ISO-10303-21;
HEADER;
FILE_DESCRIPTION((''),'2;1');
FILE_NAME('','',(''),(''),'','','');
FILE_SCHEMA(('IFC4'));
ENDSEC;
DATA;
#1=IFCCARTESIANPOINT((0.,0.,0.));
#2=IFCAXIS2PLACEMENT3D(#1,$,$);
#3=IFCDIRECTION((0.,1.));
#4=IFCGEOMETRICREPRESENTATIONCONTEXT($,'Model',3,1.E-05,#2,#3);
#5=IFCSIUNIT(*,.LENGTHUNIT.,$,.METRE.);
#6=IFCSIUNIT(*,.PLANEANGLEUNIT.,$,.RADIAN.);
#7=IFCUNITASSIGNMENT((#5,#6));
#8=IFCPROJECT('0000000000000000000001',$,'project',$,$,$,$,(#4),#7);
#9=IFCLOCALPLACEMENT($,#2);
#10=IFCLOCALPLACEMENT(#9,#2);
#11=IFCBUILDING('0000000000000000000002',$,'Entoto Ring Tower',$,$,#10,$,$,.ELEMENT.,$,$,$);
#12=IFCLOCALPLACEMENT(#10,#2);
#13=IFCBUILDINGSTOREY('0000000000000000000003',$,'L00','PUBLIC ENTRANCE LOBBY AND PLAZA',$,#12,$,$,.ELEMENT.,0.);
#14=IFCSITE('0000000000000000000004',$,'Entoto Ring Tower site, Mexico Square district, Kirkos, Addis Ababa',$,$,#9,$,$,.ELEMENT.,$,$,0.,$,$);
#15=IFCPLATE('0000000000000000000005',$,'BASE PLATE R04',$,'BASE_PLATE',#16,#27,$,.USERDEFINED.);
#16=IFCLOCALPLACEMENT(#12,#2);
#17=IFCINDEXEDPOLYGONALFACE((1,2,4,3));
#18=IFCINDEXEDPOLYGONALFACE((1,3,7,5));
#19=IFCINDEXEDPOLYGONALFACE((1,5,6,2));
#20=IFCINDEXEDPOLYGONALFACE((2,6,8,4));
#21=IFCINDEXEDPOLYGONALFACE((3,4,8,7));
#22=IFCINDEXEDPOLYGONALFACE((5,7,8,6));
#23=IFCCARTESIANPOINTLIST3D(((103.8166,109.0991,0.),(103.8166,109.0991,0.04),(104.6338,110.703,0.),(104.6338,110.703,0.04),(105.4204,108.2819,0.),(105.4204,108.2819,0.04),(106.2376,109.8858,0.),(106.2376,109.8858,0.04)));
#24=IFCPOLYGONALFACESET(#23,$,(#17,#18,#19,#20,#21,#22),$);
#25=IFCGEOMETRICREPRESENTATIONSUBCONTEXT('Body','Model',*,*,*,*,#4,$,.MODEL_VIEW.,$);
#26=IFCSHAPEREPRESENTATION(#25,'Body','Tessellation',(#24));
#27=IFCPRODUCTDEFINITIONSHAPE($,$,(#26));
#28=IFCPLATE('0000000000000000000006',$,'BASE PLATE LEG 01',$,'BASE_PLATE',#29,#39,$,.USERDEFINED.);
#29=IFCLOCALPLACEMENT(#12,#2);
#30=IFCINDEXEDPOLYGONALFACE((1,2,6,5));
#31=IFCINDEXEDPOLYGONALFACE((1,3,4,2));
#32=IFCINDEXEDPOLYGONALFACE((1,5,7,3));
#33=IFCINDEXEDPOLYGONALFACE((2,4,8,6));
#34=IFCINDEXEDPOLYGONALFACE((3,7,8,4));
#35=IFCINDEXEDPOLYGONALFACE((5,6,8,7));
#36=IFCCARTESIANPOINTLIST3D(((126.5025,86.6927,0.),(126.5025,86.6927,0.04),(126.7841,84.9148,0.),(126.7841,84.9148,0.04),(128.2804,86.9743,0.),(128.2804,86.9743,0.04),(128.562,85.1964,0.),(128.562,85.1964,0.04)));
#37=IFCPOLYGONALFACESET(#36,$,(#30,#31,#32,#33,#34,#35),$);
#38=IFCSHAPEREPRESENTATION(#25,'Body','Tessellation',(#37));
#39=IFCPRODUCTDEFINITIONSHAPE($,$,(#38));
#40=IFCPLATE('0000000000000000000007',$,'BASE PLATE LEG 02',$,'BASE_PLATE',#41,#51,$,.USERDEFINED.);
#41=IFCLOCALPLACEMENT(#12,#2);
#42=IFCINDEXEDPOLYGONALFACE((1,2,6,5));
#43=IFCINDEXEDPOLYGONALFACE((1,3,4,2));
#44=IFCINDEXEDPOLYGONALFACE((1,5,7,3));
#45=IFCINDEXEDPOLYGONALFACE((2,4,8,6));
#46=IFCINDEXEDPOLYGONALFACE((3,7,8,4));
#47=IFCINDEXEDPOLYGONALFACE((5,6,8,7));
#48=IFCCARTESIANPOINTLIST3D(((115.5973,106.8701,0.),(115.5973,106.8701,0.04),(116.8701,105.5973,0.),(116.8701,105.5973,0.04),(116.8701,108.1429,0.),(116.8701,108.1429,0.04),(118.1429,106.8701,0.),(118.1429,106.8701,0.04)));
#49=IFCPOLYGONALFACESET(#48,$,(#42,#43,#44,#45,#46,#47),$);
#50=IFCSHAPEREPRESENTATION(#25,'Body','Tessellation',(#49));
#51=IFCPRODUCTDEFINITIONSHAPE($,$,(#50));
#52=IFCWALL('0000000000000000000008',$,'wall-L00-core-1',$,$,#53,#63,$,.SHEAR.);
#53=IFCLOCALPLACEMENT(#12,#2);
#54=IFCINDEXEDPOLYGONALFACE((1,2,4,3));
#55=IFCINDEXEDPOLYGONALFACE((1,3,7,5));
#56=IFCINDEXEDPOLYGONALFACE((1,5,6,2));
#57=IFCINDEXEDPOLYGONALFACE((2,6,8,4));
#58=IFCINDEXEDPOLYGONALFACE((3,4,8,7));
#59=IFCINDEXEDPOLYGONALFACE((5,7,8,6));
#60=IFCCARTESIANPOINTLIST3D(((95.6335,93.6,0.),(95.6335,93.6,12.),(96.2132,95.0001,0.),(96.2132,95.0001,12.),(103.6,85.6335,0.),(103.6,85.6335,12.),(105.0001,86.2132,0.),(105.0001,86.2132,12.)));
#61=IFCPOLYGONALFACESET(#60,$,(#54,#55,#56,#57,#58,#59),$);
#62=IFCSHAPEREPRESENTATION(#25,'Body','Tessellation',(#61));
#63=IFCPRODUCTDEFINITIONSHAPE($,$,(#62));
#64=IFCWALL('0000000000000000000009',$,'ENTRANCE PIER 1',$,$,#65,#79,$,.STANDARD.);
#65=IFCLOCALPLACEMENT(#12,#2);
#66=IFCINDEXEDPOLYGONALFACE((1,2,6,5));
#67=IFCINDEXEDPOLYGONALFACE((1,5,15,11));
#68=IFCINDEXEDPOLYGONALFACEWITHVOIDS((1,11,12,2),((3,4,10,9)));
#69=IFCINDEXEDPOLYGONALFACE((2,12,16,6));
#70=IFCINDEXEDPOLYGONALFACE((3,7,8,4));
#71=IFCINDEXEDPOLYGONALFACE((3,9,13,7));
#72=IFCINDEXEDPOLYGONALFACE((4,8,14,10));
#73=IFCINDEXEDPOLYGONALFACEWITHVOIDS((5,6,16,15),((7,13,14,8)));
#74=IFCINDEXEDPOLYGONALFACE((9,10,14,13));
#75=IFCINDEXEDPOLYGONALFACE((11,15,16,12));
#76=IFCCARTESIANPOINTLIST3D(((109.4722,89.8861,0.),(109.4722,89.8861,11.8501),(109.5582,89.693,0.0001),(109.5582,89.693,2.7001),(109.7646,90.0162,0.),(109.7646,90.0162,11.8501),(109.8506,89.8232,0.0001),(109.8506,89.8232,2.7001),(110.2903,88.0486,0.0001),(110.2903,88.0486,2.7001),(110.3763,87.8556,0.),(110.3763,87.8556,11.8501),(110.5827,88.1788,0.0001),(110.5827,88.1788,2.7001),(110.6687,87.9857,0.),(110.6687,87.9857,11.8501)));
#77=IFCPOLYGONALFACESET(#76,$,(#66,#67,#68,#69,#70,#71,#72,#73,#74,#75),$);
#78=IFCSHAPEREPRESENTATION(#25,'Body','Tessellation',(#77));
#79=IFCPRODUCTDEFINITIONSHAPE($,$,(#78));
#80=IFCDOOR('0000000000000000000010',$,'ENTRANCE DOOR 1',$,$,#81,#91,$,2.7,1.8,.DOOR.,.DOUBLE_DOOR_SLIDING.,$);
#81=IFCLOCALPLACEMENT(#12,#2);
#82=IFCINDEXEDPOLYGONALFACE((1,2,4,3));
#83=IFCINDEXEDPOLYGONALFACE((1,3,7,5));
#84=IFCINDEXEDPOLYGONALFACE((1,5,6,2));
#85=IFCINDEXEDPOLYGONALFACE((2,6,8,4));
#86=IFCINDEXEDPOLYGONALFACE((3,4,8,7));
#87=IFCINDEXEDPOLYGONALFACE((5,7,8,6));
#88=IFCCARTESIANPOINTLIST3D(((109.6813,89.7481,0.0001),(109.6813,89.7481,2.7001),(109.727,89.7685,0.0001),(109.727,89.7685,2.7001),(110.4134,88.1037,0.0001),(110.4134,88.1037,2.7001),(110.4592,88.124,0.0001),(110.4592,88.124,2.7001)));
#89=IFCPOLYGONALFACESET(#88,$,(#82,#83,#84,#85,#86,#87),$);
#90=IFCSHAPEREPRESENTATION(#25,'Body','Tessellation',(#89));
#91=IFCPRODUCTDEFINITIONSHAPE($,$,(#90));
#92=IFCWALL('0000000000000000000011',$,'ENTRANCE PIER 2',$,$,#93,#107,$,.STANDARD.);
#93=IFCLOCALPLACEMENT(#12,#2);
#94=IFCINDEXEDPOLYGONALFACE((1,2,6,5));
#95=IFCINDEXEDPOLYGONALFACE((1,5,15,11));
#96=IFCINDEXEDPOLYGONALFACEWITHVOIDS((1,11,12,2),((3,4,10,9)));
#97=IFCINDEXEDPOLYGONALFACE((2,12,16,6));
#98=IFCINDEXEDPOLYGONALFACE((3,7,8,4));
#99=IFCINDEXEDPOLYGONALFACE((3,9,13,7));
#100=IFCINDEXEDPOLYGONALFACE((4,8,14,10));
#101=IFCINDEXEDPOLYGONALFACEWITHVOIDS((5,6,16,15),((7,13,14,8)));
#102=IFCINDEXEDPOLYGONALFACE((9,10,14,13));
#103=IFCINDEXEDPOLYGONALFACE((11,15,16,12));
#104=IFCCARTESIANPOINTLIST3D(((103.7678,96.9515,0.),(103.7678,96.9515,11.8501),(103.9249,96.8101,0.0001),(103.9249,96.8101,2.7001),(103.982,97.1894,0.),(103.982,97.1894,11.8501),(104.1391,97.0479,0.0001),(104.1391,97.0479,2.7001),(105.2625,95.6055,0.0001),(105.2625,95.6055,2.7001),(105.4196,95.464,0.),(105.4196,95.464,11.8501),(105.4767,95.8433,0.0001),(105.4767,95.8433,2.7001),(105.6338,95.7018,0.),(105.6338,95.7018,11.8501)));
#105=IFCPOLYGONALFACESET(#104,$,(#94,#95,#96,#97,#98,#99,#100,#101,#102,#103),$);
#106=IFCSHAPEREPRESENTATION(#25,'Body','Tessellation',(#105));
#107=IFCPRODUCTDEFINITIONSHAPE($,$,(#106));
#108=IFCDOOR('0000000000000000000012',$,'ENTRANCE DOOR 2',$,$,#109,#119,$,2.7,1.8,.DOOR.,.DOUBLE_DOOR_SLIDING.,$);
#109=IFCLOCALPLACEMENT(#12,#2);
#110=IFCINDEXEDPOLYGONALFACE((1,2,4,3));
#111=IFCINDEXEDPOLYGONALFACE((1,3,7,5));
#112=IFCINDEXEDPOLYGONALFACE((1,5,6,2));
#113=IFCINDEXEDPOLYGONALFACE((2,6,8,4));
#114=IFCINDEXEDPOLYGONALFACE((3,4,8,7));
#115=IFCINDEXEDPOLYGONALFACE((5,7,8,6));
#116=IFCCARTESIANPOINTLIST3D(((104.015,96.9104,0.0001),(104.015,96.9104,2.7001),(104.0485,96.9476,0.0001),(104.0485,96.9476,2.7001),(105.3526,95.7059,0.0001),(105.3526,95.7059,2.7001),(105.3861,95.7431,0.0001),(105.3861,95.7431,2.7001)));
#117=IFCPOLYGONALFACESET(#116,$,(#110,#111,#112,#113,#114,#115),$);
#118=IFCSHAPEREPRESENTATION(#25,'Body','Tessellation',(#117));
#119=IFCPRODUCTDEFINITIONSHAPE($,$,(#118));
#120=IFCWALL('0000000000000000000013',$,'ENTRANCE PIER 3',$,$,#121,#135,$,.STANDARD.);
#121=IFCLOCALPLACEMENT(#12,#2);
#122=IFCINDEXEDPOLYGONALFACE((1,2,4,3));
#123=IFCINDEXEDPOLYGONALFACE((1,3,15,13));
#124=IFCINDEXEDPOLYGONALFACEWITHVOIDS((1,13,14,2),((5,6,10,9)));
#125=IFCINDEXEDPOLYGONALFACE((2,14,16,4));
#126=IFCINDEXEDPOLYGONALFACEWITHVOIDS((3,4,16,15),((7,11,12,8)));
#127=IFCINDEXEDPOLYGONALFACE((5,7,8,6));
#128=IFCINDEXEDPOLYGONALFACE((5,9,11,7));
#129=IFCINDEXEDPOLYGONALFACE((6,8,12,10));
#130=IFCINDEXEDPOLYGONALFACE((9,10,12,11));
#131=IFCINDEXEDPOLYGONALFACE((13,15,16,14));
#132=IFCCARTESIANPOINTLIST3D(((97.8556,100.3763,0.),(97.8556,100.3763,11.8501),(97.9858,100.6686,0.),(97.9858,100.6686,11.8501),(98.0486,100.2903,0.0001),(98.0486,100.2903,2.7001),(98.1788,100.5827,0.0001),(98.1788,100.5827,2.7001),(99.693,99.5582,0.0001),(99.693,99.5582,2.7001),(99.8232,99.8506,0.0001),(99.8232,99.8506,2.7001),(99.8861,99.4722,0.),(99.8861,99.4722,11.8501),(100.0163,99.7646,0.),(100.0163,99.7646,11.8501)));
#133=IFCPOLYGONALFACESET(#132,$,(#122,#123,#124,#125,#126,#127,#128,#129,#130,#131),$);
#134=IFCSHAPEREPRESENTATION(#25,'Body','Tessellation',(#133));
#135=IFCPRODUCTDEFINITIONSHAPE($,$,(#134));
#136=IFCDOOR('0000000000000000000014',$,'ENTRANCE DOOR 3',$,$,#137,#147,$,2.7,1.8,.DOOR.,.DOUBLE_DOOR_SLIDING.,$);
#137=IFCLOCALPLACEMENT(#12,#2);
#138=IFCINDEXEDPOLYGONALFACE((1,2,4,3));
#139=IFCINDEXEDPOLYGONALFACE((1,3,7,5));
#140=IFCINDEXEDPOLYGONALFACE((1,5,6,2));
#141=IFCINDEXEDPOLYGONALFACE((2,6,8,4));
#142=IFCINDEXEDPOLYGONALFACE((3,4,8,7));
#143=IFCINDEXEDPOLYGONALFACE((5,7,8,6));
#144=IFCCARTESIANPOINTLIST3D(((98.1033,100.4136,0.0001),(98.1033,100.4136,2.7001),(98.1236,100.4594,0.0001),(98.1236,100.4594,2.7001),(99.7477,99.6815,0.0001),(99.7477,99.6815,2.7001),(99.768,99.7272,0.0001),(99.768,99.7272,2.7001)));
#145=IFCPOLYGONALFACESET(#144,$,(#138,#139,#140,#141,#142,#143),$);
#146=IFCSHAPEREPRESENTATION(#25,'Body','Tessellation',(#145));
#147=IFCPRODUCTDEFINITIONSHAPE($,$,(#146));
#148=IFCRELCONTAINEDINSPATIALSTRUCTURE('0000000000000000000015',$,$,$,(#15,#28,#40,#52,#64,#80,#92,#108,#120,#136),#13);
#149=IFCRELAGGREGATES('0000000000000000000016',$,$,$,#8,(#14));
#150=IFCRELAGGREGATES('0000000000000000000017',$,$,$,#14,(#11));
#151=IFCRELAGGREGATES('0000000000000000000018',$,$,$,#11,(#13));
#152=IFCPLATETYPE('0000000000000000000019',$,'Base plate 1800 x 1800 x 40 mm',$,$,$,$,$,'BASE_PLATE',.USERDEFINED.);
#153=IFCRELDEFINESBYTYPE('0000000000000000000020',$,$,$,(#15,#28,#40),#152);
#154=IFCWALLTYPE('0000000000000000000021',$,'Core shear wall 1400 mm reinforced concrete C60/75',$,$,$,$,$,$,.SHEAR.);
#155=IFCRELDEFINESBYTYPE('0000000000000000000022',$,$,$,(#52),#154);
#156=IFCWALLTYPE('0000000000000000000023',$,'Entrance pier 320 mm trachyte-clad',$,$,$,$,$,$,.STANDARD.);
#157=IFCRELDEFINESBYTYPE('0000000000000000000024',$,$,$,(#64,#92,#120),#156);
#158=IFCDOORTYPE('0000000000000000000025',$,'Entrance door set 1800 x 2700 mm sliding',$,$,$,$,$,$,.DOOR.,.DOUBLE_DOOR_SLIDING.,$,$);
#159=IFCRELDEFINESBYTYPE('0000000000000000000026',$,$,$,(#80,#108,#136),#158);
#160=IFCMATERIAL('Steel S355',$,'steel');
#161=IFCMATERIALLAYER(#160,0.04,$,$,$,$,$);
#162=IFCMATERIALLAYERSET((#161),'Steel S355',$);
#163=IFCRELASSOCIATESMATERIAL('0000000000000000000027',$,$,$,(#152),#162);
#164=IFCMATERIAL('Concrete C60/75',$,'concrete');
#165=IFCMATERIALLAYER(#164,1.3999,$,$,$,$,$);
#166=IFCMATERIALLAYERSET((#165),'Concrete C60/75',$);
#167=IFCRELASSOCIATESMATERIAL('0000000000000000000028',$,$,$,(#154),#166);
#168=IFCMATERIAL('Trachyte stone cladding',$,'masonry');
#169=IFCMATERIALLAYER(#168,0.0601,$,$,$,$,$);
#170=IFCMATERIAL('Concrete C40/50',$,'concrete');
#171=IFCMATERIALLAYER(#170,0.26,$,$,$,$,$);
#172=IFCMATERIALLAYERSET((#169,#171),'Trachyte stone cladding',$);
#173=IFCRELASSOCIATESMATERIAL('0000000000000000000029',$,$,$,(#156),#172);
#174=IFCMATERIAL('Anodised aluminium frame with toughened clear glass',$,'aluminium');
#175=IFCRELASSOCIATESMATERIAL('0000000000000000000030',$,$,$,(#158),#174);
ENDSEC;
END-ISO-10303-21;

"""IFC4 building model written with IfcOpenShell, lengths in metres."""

from ifc_helpers import new_model, si_unit, direction, frame, frame_2d, origin, origin_2d, place, context, subcontext, project, spatial, polyline, rectangle, outline, extrude, material, layer, layer_set, type_object, element, fill, save


model = new_model("IFC4")

# Units and contexts
model_context = context("Model", 3, precision=1e-05, world=origin(), true_north=direction((0.0, 1.0)))
body_context = subcontext(model_context, "Body", "Model", "MODEL_VIEW")
ifc_project = project(units=[si_unit("LENGTHUNIT", "METRE"), si_unit("PLANEANGLEUNIT", "RADIAN")], contexts=[model_context])

# Site, building, storey
site_placement = place(None, origin())
site = spatial("IfcSite", under=ifc_project, at=site_placement, Name="Entoto Ring Tower site, Mexico Square district, Kirkos, Addis Ababa", CompositionType="ELEMENT", RefElevation=0.0)
building_placement = place(site_placement, origin())
building = spatial("IfcBuilding", under=site, at=building_placement, Name="Entoto Ring Tower", CompositionType="ELEMENT")
storey_placement = place(building_placement, origin())
storey = spatial("IfcBuildingStorey", under=building, at=storey_placement, Name="L00", Description="PUBLIC ENTRANCE LOBBY AND PLAZA", CompositionType="ELEMENT", Elevation=0.0)

# Plates
ifc_material_1 = material(Name="Steel S355", Category="steel")
ifc_layer_1 = layer(ifc_material_1, 0.04)
ifc_layer_set_1 = layer_set([ifc_layer_1], Name="Steel S355")
plate_type = type_object("IfcPlateType", Name="Base plate 1800 x 1800 x 40 mm", ElementType="BASE_PLATE", PredefinedType="USERDEFINED", material=ifc_layer_set_1)
for number, where, z_axis, x_axis, name in (
    (1, (105.0271, 109.4924, 0.0), (0.0, 0.0, 1.0), (0.45399, 0.891007, 0.0), "BASE PLATE R04"),
    (2, (127.5322, 85.9446, 0.0), (0.0, 0.0, 1.0), (0.987688, 0.156434, 0.0), "BASE PLATE LEG 01"),
    (3, (116.8701, 106.8701, 0.0), (0.0, 0.0, 1.0), (0.707107, 0.707107, 0.0), "BASE PLATE LEG 02"),
):
    element("IfcPlate", number, at=place(storey_placement, frame(where, z_axis=z_axis, x_axis=x_axis)), inside=storey, type_object=plate_type, Name=name, ObjectType="BASE_PLATE", PredefinedType="USERDEFINED", context=body_context, shape_type="SweptSolid", body=[
        extrude(rectangle(XDim=1.8, YDim=1.8, at=origin_2d()), origin(), (0.0, 0.0, 1.0), 0.04),
    ])

# Wall
ifc_material_2 = material(Name="Concrete C60/75", Category="concrete")
ifc_layer_2 = layer(ifc_material_2, 1.3999)
ifc_layer_set_2 = layer_set([ifc_layer_2], Name="Concrete C60/75")
wall_type_1 = type_object("IfcWallType", Name="Core shear wall 1400 mm reinforced concrete C60/75", PredefinedType="SHEAR", material=ifc_layer_set_2)
wall_1_placement = place(storey_placement, frame((104.3, 85.9233, 0.0), z_axis=(0.0, 0.0, 1.0), x_axis=(-0.707107, 0.707107, 0.0)))
element("IfcWall", 4, at=wall_1_placement, inside=storey, type_object=wall_type_1, Name="wall-L00-core-1", PredefinedType="SHEAR", context=body_context, shape_type="SweptSolid", body=[
    extrude(outline(polyline([(-0.29, -0.7), (12.1365, -0.7), (11.5564, 0.7), (0.29, 0.7), (-0.29, -0.7)])), origin(), (0.0, 0.0, 1.0), 12.0),
])

# Walls, openings, doors
ifc_material_3 = material(Name="Trachyte stone cladding", Category="masonry")
ifc_layer_3 = layer(ifc_material_3, 0.0601)
ifc_material_4 = material(Name="Concrete C40/50", Category="concrete")
ifc_layer_4 = layer(ifc_material_4, 0.26)
ifc_layer_set_3 = layer_set([ifc_layer_3, ifc_layer_4], Name="Trachyte stone cladding")
wall_type_2 = type_object("IfcWallType", Name="Entrance pier 320 mm trachyte-clad", PredefinedType="STANDARD", material=ifc_layer_set_3)
wall_2_placement = place(storey_placement, frame((110.5225, 87.9207, 0.0), z_axis=(0.0, 0.0, 1.0), x_axis=(-0.40674, 0.913544, 0.0)))
wall_2 = element("IfcWall", 5, at=wall_2_placement, inside=storey, type_object=wall_type_2, Name="ENTRANCE PIER 1", PredefinedType="STANDARD", context=body_context, shape_type="SweptSolid", body=[
    extrude(rectangle(XDim=2.2227, YDim=0.3201, at=frame_2d((1.1113, 0.0))), origin(), (0.0, 0.0, 1.0), 11.8501),
])
opening_1_placement = place(wall_2_placement, frame((0.2114, 0.0, 0.0)))
opening_1 = element("IfcOpeningElement", 6, at=opening_1_placement, cuts=wall_2, PredefinedType="OPENING", context=body_context, shape_type="SweptSolid", body=[
    extrude(rectangle(XDim=1.8, YDim=2.7, at=frame_2d((0.8999, 1.3501))), frame((0.0, 0.1699, 0.0), z_axis=(0.0, -1.0, 0.0), x_axis=(1.0, 0.0, 0.0)), (0.0, 0.0, 1.0), 0.3401),
])
ifc_material_5 = material(Name="Anodised aluminium frame with toughened clear glass", Category="aluminium")
door_type = type_object("IfcDoorType", Name="Entrance door set 1800 x 2700 mm sliding", OperationType="DOUBLE_DOOR_SLIDING", PredefinedType="DOOR", material=ifc_material_5)
door_1_placement = place(opening_1_placement, frame((1.8, 0.0, 0.0), z_axis=(0.0, 0.0, 1.0), x_axis=(-1.0, 0.0, 0.0)))
door_1 = element("IfcDoor", 7, at=door_1_placement, inside=storey, type_object=door_type, Name="ENTRANCE DOOR 1", OperationType="DOUBLE_DOOR_SLIDING", OverallHeight=2.7, OverallWidth=1.8, PredefinedType="DOOR", context=body_context, shape_type="SweptSolid", body=[
    extrude(rectangle(XDim=1.8, YDim=2.7, at=frame_2d((0.8999, 1.3501))), frame((0.0, 0.0249, 0.0), z_axis=(0.0, -1.0, 0.0), x_axis=(1.0, 0.0, 0.0)), (0.0, 0.0, 1.0), 0.05),
])
fill(opening_1, door_1)
wall_3_placement = place(storey_placement, frame((105.5266, 95.583, 0.0), z_axis=(0.0, 0.0, 1.0), x_axis=(-0.743098, 0.669183, 0.0)))
wall_3 = element("IfcWall", 8, at=wall_3_placement, inside=storey, type_object=wall_type_2, Name="ENTRANCE PIER 2", PredefinedType="STANDARD", context=body_context, shape_type="SweptSolid", body=[
    extrude(rectangle(XDim=2.2229, YDim=0.3201, at=frame_2d((1.1113, 0.0))), origin(), (0.0, 0.0, 1.0), 11.8501),
])
opening_2_placement = place(wall_3_placement, frame((0.2114, 0.0, 0.0)))
opening_2 = element("IfcOpeningElement", 9, at=opening_2_placement, cuts=wall_3, PredefinedType="OPENING", context=body_context, shape_type="SweptSolid", body=[
    extrude(rectangle(XDim=1.8, YDim=2.7, at=frame_2d((0.8999, 1.3501))), frame((0.0, 0.1699, 0.0), z_axis=(0.0, -1.0, 0.0), x_axis=(1.0, 0.0, 0.0)), (0.0, 0.0, 1.0), 0.3401),
])
door_2_placement = place(opening_2_placement, frame((1.8, 0.0, 0.0), z_axis=(0.0, 0.0, 1.0), x_axis=(-1.0, 0.0, 0.0)))
door_2 = element("IfcDoor", 10, at=door_2_placement, inside=storey, type_object=door_type, Name="ENTRANCE DOOR 2", OperationType="DOUBLE_DOOR_SLIDING", OverallHeight=2.7, OverallWidth=1.8, PredefinedType="DOOR", context=body_context, shape_type="SweptSolid", body=[
    extrude(rectangle(XDim=1.8, YDim=2.7, at=frame_2d((0.8999, 1.3501))), frame((0.0, 0.0249, 0.0), z_axis=(0.0, -1.0, 0.0), x_axis=(1.0, 0.0, 0.0)), (0.0, 0.0, 1.0), 0.05),
])
fill(opening_2, door_2)
wall_4_placement = place(storey_placement, frame((99.9512, 99.6184, 0.0), z_axis=(0.0, 0.0, 1.0), x_axis=(-0.913544, 0.40674, 0.0)))
wall_4 = element("IfcWall", 11, at=wall_4_placement, inside=storey, type_object=wall_type_2, Name="ENTRANCE PIER 3", PredefinedType="STANDARD", context=body_context, shape_type="SweptSolid", body=[
    extrude(rectangle(XDim=2.2227, YDim=0.3201, at=frame_2d((1.1113, 0.0))), origin(), (0.0, 0.0, 1.0), 11.8501),
])
opening_3_placement = place(wall_4_placement, frame((0.2114, 0.0, 0.0)))
opening_3 = element("IfcOpeningElement", 12, at=opening_3_placement, cuts=wall_4, PredefinedType="OPENING", context=body_context, shape_type="SweptSolid", body=[
    extrude(rectangle(XDim=1.8, YDim=2.7, at=frame_2d((0.8999, 1.3501))), frame((0.0, 0.1699, 0.0), z_axis=(0.0, -1.0, 0.0), x_axis=(1.0, 0.0, 0.0)), (0.0, 0.0, 1.0), 0.3401),
])
door_3_placement = place(opening_3_placement, frame((1.8, 0.0, 0.0), z_axis=(0.0, 0.0, 1.0), x_axis=(-1.0, 0.0, 0.0)))
door_3 = element("IfcDoor", 13, at=door_3_placement, inside=storey, type_object=door_type, Name="ENTRANCE DOOR 3", OperationType="DOUBLE_DOOR_SLIDING", OverallHeight=2.7, OverallWidth=1.8, PredefinedType="DOOR", context=body_context, shape_type="SweptSolid", body=[
    extrude(rectangle(XDim=1.8, YDim=2.7, at=frame_2d((0.8999, 1.3501))), frame((0.0, 0.0249, 0.0), z_axis=(0.0, -1.0, 0.0), x_axis=(1.0, 0.0, 0.0)), (0.0, 0.0, 1.0), 0.05),
])
fill(opening_3, door_3)

save(model, "model.ifc")
